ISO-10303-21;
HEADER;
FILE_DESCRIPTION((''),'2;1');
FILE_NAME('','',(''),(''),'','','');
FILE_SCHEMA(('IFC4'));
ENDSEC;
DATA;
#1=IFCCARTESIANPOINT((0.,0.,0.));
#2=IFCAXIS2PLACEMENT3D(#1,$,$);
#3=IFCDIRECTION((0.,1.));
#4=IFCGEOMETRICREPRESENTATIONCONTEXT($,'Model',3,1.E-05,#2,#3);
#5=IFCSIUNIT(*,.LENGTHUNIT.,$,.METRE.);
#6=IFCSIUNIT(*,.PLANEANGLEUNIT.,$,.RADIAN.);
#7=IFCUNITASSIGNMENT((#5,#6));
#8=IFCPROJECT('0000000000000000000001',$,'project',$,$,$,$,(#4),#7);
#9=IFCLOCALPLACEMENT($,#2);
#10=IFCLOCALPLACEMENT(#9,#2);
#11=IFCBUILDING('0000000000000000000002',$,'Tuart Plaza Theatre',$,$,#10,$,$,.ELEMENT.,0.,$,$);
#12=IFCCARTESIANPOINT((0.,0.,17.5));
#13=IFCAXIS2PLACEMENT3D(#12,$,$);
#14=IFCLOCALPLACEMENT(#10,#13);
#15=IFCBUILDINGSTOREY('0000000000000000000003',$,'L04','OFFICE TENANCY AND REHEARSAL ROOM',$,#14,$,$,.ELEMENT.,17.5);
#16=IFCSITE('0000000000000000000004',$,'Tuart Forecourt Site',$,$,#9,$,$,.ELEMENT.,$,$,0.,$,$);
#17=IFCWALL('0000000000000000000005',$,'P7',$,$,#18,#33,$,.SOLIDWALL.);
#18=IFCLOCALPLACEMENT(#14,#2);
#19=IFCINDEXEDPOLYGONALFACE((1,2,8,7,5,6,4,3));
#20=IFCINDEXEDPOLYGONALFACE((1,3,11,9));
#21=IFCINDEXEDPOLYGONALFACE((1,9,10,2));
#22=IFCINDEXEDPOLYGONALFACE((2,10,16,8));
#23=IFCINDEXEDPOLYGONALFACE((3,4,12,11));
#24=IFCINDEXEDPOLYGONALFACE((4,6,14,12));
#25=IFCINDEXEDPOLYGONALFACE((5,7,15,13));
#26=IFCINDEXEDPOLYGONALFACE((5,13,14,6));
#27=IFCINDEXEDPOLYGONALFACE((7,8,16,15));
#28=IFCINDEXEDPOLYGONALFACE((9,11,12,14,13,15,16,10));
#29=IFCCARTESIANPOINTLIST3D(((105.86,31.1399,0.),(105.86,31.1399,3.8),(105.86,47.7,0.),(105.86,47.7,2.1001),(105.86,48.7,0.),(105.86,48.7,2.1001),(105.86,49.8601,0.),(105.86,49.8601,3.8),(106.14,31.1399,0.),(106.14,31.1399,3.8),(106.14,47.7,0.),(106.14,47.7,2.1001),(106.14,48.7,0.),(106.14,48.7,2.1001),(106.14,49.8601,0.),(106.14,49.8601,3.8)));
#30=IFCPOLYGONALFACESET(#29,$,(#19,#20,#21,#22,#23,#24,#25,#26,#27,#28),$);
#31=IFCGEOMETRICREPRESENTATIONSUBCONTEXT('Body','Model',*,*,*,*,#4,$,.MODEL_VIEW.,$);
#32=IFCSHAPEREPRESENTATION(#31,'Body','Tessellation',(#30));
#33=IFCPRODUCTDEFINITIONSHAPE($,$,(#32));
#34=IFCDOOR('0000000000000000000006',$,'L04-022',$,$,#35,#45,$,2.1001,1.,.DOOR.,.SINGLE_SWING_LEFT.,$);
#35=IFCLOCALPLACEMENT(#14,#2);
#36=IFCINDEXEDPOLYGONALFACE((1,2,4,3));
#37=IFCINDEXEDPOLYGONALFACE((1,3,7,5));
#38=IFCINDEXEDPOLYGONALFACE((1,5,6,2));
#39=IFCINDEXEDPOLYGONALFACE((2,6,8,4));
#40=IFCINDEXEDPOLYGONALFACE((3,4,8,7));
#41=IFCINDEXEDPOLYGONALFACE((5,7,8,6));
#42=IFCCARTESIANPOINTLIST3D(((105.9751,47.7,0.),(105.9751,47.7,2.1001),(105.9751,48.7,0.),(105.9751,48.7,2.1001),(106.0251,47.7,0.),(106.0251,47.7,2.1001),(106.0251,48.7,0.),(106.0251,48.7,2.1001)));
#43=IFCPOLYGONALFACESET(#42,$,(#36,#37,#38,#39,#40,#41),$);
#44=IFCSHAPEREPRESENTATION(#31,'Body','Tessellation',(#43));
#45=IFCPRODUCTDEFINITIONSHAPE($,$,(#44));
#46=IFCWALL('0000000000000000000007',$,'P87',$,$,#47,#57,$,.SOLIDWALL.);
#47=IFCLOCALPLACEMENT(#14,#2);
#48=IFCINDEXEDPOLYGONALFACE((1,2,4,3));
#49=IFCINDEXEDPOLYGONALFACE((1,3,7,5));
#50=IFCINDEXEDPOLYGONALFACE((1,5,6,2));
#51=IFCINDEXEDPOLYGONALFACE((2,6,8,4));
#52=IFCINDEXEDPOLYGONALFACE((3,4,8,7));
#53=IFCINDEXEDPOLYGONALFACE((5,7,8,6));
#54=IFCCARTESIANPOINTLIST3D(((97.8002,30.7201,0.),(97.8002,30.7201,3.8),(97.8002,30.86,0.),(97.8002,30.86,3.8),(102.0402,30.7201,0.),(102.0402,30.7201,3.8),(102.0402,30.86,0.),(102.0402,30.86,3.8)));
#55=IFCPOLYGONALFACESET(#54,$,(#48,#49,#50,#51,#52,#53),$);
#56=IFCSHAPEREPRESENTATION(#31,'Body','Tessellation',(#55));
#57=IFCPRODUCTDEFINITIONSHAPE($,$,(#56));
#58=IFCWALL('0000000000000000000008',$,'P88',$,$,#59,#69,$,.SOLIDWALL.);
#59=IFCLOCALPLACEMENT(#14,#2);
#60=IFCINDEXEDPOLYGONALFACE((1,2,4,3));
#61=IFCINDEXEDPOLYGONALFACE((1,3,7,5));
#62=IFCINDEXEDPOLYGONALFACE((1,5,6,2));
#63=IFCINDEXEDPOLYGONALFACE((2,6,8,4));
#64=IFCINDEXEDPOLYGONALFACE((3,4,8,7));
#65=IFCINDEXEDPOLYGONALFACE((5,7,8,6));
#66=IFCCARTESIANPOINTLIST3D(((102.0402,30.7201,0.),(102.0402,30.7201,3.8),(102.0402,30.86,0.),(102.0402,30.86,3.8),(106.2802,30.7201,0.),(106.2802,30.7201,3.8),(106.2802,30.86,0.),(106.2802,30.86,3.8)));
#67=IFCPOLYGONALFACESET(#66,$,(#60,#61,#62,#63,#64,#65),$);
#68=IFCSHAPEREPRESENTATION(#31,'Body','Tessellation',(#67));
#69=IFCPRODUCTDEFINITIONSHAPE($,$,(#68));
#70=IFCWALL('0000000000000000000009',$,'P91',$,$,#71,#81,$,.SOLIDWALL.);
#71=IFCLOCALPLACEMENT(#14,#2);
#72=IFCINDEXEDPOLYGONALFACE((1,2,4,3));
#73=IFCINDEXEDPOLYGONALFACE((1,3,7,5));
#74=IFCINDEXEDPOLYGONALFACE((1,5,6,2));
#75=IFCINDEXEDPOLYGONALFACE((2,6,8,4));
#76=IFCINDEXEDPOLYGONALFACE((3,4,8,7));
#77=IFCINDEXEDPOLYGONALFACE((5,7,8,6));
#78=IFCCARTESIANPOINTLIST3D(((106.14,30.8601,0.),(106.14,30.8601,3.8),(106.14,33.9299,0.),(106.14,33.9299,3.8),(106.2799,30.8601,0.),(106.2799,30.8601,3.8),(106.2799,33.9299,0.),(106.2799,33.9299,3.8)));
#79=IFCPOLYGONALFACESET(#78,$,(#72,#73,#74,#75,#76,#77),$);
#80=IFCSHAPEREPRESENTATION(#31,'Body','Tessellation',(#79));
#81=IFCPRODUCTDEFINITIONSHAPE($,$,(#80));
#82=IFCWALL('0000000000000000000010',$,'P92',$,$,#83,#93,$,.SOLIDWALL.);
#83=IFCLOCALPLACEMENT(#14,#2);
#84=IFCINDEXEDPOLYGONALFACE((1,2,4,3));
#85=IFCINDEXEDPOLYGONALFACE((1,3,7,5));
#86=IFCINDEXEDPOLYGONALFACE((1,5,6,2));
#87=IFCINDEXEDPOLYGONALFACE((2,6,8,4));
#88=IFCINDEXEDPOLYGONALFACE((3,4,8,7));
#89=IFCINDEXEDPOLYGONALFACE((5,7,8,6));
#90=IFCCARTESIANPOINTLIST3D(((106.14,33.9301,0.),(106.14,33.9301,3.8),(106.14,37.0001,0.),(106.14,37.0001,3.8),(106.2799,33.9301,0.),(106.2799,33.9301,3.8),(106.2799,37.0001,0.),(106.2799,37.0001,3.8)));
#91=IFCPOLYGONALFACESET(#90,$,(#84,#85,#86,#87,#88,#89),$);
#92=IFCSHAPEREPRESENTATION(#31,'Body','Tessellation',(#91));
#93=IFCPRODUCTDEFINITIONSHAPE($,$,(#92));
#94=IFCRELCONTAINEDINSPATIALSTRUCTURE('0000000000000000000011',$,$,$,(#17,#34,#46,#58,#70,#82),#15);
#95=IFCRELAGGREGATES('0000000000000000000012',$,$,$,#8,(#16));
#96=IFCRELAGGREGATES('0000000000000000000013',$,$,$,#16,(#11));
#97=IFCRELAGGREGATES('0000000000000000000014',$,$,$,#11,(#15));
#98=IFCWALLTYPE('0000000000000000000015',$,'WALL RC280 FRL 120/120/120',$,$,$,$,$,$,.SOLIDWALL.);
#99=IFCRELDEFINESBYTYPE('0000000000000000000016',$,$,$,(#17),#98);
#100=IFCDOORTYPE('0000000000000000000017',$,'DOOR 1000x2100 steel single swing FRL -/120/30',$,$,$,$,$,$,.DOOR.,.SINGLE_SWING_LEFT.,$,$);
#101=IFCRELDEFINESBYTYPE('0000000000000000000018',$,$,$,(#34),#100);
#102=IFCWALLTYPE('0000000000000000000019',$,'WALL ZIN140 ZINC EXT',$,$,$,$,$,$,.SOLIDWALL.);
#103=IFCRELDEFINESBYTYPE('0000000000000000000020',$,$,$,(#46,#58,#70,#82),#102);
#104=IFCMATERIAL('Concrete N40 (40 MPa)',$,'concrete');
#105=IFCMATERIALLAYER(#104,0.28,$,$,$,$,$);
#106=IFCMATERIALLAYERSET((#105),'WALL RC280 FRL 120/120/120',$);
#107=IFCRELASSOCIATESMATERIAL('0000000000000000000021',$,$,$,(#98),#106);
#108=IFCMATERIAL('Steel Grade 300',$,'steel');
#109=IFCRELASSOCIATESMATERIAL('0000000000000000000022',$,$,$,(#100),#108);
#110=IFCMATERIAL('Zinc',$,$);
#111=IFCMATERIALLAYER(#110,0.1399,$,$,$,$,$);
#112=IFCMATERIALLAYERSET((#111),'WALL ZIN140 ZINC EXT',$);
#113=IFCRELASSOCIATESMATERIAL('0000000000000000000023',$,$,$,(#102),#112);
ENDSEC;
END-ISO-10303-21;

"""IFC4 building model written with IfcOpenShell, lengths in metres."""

from ifc_helpers import new_model, si_unit, direction, frame, frame_2d, origin, place, context, subcontext, project, spatial, rectangle, extrude, material, layer, layer_set, type_object, element, fill, save


model = new_model("IFC4")

# Units and contexts
model_context = context("Model", 3, precision=1e-05, world=origin(), true_north=direction((0.0, 1.0)))
body_context = subcontext(model_context, "Body", "Model", "MODEL_VIEW")
ifc_project = project(units=[si_unit("LENGTHUNIT", "METRE"), si_unit("PLANEANGLEUNIT", "RADIAN")], contexts=[model_context])

# Site, building, storey
site_placement = place(None, origin())
site = spatial("IfcSite", under=ifc_project, at=site_placement, Name="Tuart Forecourt Site", CompositionType="ELEMENT", RefElevation=0.0)
building_placement = place(site_placement, origin())
building = spatial("IfcBuilding", under=site, at=building_placement, Name="Tuart Plaza Theatre", CompositionType="ELEMENT", ElevationOfRefHeight=0.0)
storey_placement = place(building_placement, frame((0.0, 0.0, 17.5)))
storey = spatial("IfcBuildingStorey", under=building, at=storey_placement, Name="L04", Description="OFFICE TENANCY AND REHEARSAL ROOM", CompositionType="ELEMENT", Elevation=17.5)

# Shared definitions
ifc_material_1 = material(Name="Concrete N40 (40 MPa)", Category="concrete")
ifc_layer_1 = layer(ifc_material_1, 0.28)
ifc_layer_set_1 = layer_set([ifc_layer_1], Name="WALL RC280 FRL 120/120/120")
wall_type_1 = type_object("IfcWallType", Name="WALL RC280 FRL 120/120/120", PredefinedType="SOLIDWALL", material=ifc_layer_set_1)

# Wall, opening, door
wall_1_placement = place(storey_placement, frame((106.0, 31.1399, 0.0), z_axis=(0.0, 0.0, 1.0), x_axis=(0.0, 1.0, 0.0)))
wall_1 = element("IfcWall", 1, at=wall_1_placement, inside=storey, type_object=wall_type_1, Name="P7", PredefinedType="SOLIDWALL", context=body_context, shape_type="SweptSolid", body=[
    extrude(rectangle(XDim=18.7202, YDim=0.28, at=frame_2d((9.3601, 0.0))), origin(), (0.0, 0.0, 1.0), 3.8),
])
opening_placement = place(wall_1_placement, frame((16.5601, 0.0, 0.0)))
opening = element("IfcOpeningElement", 2, at=opening_placement, cuts=wall_1, PredefinedType="OPENING", context=body_context, shape_type="SweptSolid", body=[
    extrude(rectangle(XDim=1.0, YDim=2.1001, at=frame_2d((0.5, 1.05))), frame((0.0, 0.1499, 0.0), z_axis=(0.0, -1.0, 0.0), x_axis=(1.0, 0.0, 0.0)), (0.0, 0.0, 1.0), 0.3),
])
ifc_material_2 = material(Name="Steel Grade 300", Category="steel")
door_type = type_object("IfcDoorType", Name="DOOR 1000x2100 steel single swing FRL -/120/30", OperationType="SINGLE_SWING_LEFT", PredefinedType="DOOR", material=ifc_material_2)
door_placement = place(opening_placement, origin())
door = element("IfcDoor", 3, at=door_placement, inside=storey, type_object=door_type, Name="L04-022", OperationType="SINGLE_SWING_LEFT", OverallHeight=2.1001, OverallWidth=1.0, PredefinedType="DOOR", context=body_context, shape_type="SweptSolid", body=[
    extrude(rectangle(XDim=1.0, YDim=2.1001, at=frame_2d((0.5, 1.05))), frame((0.0, 0.0249, 0.0), z_axis=(0.0, -1.0, 0.0), x_axis=(1.0, 0.0, 0.0)), (0.0, 0.0, 1.0), 0.05),
])
fill(opening, door)

# Walls
ifc_material_3 = material(Name="Zinc")
ifc_layer_2 = layer(ifc_material_3, 0.1399)
ifc_layer_set_2 = layer_set([ifc_layer_2], Name="WALL ZIN140 ZINC EXT")
wall_type_2 = type_object("IfcWallType", Name="WALL ZIN140 ZINC EXT", PredefinedType="SOLIDWALL", material=ifc_layer_set_2)
for number, where, z_axis, x_axis, name in (
    (4, (97.8, 30.79, 0.0), (0.0, 0.0, 1.0), (1.0, 0.0, 0.0), "P87"),
    (5, (102.04, 30.79, 0.0), (0.0, 0.0, 1.0), (1.0, 0.0, 0.0), "P88"),
):
    element("IfcWall", number, at=place(storey_placement, frame(where, z_axis=z_axis, x_axis=x_axis)), inside=storey, type_object=wall_type_2, Name=name, PredefinedType="SOLIDWALL", context=body_context, shape_type="SweptSolid", body=[
        extrude(rectangle(XDim=4.24, YDim=0.1399, at=frame_2d((2.1201, 0.0))), origin(), (0.0, 0.0, 1.0), 3.8),
    ])
wall_2_placement = place(storey_placement, frame((106.21, 30.8601, 0.0), z_axis=(0.0, 0.0, 1.0), x_axis=(0.0, 1.0, 0.0)))
element("IfcWall", 6, at=wall_2_placement, inside=storey, type_object=wall_type_2, Name="P91", PredefinedType="SOLIDWALL", context=body_context, shape_type="SweptSolid", body=[
    extrude(rectangle(XDim=3.0698, YDim=0.1399, at=frame_2d((1.5349, 0.0))), origin(), (0.0, 0.0, 1.0), 3.8),
])
wall_3_placement = place(storey_placement, frame((106.21, 33.9299, 0.0), z_axis=(0.0, 0.0, 1.0), x_axis=(0.0, 1.0, 0.0)))
element("IfcWall", 7, at=wall_3_placement, inside=storey, type_object=wall_type_2, Name="P92", PredefinedType="SOLIDWALL", context=body_context, shape_type="SweptSolid", body=[
    extrude(rectangle(XDim=3.0701, YDim=0.1399, at=frame_2d((1.5352, 0.0))), origin(), (0.0, 0.0, 1.0), 3.8),
])

save(model, "model.ifc")
